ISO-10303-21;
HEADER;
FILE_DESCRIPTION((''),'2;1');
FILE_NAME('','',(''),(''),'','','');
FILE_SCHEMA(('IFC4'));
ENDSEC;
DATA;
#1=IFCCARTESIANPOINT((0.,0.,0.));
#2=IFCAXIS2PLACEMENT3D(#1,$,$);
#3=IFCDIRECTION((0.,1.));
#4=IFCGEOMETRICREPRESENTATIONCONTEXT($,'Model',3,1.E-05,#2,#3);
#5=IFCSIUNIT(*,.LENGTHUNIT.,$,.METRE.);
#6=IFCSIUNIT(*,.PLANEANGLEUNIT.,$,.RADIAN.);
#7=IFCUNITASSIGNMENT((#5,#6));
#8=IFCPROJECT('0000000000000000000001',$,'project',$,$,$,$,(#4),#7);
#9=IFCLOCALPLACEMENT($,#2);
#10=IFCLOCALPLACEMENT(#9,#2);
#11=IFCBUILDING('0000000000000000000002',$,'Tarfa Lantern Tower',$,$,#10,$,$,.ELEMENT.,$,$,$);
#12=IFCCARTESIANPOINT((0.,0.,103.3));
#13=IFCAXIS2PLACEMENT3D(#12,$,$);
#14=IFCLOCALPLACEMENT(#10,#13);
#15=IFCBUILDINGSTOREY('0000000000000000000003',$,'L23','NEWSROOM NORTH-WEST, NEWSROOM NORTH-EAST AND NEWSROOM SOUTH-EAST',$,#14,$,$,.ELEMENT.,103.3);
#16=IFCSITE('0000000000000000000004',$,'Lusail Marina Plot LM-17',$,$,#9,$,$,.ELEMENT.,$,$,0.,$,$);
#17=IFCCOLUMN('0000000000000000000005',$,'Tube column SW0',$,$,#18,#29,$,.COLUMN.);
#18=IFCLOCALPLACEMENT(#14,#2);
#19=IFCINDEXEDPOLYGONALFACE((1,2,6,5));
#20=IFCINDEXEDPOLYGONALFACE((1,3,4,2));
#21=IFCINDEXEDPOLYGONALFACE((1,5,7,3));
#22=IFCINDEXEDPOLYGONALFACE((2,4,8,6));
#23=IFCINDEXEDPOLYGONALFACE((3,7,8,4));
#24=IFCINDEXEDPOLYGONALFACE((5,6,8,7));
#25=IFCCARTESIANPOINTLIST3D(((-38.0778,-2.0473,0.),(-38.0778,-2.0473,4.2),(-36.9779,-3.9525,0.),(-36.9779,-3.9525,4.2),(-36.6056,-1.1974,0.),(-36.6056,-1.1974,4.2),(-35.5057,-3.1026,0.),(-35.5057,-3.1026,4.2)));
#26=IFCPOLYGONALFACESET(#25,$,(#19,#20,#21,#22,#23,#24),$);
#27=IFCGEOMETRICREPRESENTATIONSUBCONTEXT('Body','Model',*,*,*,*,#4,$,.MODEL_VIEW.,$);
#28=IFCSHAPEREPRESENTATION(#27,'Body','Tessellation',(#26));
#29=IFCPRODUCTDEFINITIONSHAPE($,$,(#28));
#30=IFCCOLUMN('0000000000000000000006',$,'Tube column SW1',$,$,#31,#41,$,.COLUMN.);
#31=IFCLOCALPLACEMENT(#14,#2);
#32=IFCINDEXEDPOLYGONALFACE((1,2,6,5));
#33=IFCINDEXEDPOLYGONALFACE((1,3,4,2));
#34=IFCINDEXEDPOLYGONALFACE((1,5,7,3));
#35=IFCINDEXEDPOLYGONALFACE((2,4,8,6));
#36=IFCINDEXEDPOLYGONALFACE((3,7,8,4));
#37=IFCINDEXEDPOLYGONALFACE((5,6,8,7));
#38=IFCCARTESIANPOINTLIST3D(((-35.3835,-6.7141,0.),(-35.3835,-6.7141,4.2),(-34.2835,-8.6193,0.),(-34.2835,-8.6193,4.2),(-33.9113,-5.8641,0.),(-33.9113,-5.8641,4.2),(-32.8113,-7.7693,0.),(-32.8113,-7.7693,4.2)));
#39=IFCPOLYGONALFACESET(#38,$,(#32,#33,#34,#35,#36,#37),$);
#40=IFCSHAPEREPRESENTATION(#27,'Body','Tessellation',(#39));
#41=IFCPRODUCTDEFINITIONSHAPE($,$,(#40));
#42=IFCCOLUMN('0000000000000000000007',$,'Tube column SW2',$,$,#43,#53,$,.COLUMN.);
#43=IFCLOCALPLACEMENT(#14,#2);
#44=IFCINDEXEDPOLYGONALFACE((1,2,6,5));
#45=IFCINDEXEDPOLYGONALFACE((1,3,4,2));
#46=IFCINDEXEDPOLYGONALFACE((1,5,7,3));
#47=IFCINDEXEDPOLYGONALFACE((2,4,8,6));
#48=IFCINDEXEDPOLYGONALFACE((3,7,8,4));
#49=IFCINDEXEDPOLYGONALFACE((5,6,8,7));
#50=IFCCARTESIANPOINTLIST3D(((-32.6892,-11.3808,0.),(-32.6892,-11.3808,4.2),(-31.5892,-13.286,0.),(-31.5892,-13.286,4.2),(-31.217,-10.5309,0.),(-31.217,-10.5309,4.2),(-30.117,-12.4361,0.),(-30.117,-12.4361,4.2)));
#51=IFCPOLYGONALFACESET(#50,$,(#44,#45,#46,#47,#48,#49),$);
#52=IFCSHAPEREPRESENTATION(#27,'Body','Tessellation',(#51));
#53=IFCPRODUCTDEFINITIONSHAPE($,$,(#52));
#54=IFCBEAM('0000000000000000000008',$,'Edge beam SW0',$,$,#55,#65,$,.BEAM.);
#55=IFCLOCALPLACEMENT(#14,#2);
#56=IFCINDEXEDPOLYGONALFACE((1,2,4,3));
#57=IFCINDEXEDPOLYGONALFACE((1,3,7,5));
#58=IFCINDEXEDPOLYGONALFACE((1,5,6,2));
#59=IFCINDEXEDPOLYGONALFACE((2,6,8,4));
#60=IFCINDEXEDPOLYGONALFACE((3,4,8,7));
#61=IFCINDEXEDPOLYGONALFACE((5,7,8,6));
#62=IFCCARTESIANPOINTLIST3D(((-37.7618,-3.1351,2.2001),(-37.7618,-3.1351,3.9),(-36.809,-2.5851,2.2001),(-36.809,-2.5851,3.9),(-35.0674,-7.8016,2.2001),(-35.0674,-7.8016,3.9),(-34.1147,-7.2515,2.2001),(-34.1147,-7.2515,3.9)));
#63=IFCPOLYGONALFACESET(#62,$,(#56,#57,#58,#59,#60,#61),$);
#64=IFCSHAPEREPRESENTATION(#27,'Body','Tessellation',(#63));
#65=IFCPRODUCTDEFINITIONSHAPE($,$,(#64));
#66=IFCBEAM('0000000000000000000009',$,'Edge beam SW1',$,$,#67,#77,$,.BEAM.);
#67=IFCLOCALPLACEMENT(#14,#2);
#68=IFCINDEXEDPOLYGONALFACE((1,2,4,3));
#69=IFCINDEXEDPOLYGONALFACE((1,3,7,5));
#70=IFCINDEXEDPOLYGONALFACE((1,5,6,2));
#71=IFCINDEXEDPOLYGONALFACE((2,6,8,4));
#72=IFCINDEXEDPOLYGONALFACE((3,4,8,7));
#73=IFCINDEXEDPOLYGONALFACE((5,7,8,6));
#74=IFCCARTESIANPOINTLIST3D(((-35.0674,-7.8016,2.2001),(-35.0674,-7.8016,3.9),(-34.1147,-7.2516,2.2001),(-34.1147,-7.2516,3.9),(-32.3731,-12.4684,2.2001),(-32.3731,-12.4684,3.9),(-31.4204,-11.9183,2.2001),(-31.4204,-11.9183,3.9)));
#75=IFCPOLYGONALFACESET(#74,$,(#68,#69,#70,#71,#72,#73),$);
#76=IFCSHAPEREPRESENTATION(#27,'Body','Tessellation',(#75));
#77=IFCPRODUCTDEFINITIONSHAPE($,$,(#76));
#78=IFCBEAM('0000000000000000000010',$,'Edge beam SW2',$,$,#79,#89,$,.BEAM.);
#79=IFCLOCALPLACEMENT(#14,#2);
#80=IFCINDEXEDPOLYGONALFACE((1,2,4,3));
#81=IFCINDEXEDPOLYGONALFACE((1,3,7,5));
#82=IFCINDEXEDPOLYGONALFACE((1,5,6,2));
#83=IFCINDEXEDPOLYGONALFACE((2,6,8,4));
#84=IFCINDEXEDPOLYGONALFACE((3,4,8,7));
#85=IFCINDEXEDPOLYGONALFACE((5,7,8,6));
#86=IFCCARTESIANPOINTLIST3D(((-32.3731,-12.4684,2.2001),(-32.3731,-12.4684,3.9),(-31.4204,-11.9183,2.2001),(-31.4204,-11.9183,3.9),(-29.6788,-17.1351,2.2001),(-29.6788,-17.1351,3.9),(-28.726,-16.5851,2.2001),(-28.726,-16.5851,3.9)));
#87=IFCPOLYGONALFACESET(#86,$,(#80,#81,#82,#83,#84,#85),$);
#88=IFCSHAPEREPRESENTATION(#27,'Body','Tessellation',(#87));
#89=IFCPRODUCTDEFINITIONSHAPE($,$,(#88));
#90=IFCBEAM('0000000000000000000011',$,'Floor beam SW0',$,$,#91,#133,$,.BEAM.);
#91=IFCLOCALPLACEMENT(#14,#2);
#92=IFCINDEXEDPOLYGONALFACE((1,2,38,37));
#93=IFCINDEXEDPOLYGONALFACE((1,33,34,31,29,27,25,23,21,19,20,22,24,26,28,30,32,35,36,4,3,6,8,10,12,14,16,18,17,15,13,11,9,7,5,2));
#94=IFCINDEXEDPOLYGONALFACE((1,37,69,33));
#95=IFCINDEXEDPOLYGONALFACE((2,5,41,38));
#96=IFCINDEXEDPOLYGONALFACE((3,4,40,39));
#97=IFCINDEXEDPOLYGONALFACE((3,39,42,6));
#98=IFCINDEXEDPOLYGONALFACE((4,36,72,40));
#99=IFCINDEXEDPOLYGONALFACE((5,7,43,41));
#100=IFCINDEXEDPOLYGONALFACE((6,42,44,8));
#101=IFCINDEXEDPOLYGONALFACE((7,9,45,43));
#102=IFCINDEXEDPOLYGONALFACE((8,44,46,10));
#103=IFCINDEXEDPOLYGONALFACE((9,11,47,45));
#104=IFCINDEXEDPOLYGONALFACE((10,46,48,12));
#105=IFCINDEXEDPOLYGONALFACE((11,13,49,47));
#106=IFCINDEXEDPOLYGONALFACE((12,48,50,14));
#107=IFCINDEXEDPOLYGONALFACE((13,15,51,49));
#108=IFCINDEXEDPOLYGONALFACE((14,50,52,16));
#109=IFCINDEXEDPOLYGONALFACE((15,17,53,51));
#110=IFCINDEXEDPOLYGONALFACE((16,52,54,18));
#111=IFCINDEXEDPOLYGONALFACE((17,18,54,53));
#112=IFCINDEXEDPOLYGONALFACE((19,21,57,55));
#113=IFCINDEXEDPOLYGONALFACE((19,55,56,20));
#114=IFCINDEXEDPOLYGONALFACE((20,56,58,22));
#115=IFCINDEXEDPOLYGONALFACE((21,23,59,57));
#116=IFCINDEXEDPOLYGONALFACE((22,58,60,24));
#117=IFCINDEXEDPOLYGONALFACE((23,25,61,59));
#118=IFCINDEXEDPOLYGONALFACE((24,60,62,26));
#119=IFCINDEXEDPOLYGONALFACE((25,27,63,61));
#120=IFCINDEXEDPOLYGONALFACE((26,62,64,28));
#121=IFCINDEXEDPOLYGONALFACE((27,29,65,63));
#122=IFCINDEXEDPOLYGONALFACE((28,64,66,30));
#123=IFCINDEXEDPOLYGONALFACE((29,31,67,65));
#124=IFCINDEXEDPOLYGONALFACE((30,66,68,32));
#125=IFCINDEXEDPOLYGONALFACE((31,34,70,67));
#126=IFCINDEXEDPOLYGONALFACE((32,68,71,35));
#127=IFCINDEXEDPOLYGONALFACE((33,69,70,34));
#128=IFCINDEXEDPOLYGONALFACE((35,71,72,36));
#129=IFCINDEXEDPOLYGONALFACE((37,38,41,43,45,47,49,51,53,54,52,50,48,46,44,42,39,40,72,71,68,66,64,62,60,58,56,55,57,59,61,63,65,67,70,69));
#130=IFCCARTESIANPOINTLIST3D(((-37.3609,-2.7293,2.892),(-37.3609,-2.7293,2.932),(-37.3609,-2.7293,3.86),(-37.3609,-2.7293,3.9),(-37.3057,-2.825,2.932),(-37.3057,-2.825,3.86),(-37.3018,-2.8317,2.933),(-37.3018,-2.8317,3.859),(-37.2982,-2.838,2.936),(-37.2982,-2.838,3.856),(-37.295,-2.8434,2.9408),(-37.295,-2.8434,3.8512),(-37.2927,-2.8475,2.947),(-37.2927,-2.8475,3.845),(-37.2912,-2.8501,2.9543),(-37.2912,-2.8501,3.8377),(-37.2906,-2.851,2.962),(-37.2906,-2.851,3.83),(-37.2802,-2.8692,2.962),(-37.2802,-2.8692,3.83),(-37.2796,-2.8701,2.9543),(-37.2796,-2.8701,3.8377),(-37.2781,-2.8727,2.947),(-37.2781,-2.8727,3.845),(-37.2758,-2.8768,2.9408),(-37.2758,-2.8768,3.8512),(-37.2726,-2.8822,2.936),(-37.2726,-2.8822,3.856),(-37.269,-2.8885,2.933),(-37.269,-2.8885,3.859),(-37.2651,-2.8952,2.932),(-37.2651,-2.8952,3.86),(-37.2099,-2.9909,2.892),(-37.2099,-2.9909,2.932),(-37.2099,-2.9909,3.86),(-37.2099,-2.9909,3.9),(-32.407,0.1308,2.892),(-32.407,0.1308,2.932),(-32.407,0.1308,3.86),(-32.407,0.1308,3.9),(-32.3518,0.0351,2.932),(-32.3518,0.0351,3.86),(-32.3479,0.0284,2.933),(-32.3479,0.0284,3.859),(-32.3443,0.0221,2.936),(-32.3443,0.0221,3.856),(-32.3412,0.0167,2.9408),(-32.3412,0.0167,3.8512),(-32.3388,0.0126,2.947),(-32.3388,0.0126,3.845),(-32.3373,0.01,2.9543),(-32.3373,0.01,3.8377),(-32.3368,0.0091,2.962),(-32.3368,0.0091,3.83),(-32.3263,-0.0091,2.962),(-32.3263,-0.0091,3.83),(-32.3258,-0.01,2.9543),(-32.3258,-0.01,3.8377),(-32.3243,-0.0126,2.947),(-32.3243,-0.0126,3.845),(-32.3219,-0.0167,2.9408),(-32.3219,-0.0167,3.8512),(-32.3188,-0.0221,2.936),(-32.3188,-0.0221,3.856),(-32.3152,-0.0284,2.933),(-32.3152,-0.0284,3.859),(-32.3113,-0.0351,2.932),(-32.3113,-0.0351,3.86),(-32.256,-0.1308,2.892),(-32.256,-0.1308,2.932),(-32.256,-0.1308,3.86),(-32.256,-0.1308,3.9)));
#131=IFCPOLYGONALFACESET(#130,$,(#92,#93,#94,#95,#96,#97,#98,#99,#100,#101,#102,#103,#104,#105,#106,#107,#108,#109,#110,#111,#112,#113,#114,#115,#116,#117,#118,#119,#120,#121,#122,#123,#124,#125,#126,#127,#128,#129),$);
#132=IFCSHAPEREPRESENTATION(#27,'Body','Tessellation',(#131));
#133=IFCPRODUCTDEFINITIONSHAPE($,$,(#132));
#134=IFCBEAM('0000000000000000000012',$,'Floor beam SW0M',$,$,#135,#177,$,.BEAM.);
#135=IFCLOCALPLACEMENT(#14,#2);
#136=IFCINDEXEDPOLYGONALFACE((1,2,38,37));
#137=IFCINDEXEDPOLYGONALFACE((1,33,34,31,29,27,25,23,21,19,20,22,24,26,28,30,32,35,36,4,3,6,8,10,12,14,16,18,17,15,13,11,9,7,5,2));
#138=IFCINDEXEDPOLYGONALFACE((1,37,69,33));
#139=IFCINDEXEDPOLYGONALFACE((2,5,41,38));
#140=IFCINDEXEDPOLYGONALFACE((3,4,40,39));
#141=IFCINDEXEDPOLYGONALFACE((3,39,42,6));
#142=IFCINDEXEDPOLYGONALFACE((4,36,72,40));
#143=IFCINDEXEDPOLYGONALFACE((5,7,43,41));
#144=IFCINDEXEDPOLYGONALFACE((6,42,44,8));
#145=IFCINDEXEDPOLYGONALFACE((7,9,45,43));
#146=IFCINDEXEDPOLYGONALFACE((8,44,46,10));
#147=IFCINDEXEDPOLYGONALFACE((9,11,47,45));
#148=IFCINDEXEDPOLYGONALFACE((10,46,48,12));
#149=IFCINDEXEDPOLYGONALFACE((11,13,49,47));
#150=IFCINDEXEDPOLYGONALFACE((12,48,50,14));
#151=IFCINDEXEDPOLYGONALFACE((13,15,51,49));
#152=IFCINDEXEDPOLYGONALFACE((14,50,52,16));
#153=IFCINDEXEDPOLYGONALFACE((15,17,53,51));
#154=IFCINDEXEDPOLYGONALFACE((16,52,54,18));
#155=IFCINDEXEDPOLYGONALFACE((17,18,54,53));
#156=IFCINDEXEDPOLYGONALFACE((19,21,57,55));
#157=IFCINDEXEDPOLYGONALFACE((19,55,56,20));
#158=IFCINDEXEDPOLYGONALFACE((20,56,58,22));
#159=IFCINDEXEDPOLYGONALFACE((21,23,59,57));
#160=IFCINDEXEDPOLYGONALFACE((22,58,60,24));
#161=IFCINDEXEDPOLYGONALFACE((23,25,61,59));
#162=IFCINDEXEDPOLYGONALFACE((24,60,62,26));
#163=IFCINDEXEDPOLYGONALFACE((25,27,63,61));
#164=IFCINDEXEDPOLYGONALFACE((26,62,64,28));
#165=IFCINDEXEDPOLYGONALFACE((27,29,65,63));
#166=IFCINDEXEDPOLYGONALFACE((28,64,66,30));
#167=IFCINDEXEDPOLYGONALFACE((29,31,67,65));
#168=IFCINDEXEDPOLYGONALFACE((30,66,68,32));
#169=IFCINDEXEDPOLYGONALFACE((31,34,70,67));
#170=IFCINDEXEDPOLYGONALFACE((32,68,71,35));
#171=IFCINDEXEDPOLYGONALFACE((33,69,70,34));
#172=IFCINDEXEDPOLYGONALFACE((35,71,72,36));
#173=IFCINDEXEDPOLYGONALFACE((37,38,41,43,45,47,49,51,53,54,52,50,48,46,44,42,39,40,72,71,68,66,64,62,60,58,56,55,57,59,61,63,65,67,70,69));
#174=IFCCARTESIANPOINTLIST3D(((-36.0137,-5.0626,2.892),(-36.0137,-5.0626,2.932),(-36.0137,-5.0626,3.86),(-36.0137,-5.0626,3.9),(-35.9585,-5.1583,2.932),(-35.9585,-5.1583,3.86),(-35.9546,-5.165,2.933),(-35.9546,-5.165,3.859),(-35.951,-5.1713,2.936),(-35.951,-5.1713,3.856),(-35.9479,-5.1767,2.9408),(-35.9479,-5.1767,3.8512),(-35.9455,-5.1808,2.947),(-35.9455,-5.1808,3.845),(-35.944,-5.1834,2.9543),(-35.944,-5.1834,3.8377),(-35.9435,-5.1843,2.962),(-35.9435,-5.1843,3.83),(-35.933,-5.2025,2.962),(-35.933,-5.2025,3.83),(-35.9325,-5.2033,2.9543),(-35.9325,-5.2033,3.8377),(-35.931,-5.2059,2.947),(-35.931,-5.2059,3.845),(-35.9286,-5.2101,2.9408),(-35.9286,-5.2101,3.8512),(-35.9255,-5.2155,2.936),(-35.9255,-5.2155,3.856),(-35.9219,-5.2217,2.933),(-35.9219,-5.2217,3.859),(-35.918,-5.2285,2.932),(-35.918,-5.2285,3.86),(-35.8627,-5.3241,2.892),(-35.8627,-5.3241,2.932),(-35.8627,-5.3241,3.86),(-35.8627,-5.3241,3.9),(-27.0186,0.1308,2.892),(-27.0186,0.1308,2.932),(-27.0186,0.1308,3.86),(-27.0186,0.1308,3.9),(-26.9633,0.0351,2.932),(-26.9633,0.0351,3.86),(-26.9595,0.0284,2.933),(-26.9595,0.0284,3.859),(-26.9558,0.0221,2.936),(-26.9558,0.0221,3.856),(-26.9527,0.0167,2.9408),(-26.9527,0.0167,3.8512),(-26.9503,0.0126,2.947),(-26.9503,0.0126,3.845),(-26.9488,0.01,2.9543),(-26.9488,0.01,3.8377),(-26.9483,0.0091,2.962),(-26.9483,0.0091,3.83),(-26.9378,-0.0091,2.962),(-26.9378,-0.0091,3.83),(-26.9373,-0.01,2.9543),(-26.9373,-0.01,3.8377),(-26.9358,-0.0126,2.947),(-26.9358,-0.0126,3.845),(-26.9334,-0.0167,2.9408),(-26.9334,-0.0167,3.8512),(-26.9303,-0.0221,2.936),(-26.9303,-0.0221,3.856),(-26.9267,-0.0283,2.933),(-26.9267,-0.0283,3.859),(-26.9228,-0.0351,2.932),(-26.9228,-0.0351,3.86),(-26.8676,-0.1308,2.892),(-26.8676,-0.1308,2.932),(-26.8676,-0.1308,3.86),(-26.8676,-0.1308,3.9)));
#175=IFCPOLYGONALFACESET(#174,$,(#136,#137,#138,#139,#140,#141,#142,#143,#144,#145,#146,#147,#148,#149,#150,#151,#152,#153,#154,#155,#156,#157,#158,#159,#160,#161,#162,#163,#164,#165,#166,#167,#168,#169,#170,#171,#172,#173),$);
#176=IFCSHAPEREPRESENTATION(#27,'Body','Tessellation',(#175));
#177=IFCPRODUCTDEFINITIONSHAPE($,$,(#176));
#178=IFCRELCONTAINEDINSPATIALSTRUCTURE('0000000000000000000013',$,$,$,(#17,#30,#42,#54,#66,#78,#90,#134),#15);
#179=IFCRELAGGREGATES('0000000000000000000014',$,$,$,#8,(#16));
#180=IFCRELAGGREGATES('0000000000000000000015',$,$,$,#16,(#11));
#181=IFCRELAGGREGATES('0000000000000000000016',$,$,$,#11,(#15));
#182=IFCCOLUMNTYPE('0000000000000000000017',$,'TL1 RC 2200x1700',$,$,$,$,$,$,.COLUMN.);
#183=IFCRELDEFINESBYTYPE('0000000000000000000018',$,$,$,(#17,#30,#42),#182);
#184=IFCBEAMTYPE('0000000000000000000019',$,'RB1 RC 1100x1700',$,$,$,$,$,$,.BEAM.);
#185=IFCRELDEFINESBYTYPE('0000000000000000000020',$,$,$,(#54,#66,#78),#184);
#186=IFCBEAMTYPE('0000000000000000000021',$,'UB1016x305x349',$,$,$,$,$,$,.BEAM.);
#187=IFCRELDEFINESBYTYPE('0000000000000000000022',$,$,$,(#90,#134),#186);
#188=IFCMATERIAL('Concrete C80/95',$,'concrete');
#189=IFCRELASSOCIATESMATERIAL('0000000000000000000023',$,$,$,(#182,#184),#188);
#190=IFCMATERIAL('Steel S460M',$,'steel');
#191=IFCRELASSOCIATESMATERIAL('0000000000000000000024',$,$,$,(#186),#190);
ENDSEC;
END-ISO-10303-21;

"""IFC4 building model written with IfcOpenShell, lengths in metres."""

from ifc_helpers import new_model, si_unit, direction, frame, origin, origin_2d, place, context, subcontext, project, spatial, rectangle, i_section, extrude, material, material_profile, profile_set, type_object, element, save


model = new_model("IFC4")

# Units and contexts
model_context = context("Model", 3, precision=1e-05, world=origin(), true_north=direction((0.0, 1.0)))
body_context = subcontext(model_context, "Body", "Model", "MODEL_VIEW")
ifc_project = project(units=[si_unit("LENGTHUNIT", "METRE"), si_unit("PLANEANGLEUNIT", "RADIAN")], contexts=[model_context])

# Site, building, storey
site_placement = place(None, origin())
site = spatial("IfcSite", under=ifc_project, at=site_placement, Name="Lusail Marina Plot LM-17", CompositionType="ELEMENT", RefElevation=0.0)
building_placement = place(site_placement, origin())
building = spatial("IfcBuilding", under=site, at=building_placement, Name="Tarfa Lantern Tower", CompositionType="ELEMENT")
storey_placement = place(building_placement, frame((0.0, 0.0, 103.3)))
storey = spatial("IfcBuildingStorey", under=building, at=storey_placement, Name="L23", Description="NEWSROOM NORTH-WEST, NEWSROOM NORTH-EAST AND NEWSROOM SOUTH-EAST", CompositionType="ELEMENT", Elevation=103.3)

# Columns
ifc_material_1 = material(Name="Concrete C80/95", Category="concrete")
ifc_material_profile_1 = material_profile(ifc_material_1, rectangle(XDim=2.2, YDim=1.7, at=origin_2d()), Name="RC 2200x1700")
ifc_profile_set_1 = profile_set([ifc_material_profile_1], Name="Concrete C80/95")
column_type = type_object("IfcColumnType", Name="TL1 RC 2200x1700", PredefinedType="COLUMN", material=ifc_profile_set_1)
for number, where, z_axis, x_axis, name in (
    (1, (-36.7917, -2.575, 0.0), (0.0, 0.0, 1.0), (0.5, -0.866025, 0.0), "Tube column SW0"),
    (2, (-34.0974, -7.2417, 0.0), (0.0, 0.0, 1.0), (0.5, -0.866025, 0.0), "Tube column SW1"),
    (3, (-31.4031, -11.9084, 0.0), (0.0, 0.0, 1.0), (0.5, -0.866025, 0.0), "Tube column SW2"),
):
    element("IfcColumn", number, at=place(storey_placement, frame(where, z_axis=z_axis, x_axis=x_axis)), inside=storey, type_object=column_type, Name=name, PredefinedType="COLUMN", context=body_context, shape_type="SweptSolid", body=[
        extrude(rectangle(XDim=2.2, YDim=1.7, at=origin_2d()), origin(), (0.0, 0.0, 1.0), 4.2),
    ])

# Beams
ifc_material_profile_2 = material_profile(ifc_material_1, rectangle(XDim=1.1001, YDim=1.7, at=origin_2d()), Name="RC 1100x1700")
ifc_profile_set_2 = profile_set([ifc_material_profile_2], Name="Concrete C80/95")
beam_type_1 = type_object("IfcBeamType", Name="RB1 RC 1100x1700", PredefinedType="BEAM", material=ifc_profile_set_2)
beam_1_placement = place(storey_placement, frame((-37.2854, -2.8601, 3.05), z_axis=(0.500018, -0.866015, 0.0), x_axis=(0.866015, 0.500018, 0.0)))
element("IfcBeam", 4, at=beam_1_placement, inside=storey, type_object=beam_type_1, Name="Edge beam SW0", PredefinedType="BEAM", context=body_context, shape_type="SweptSolid", body=[
    extrude(rectangle(XDim=1.1001, YDim=1.7, at=origin_2d()), origin(), (0.0, 0.0, 1.0), 5.3884),
])
for number, where, z_axis, x_axis, name in (
    (5, (-34.5911, -7.5266, 3.05), (0.499998, -0.866026, 0.0), (0.866026, 0.499998, 0.0), "Edge beam SW1"),
    (6, (-31.8967, -12.1934, 3.05), (0.499998, -0.866026, 0.0), (0.866026, 0.499998, 0.0), "Edge beam SW2"),
):
    element("IfcBeam", number, at=place(storey_placement, frame(where, z_axis=z_axis, x_axis=x_axis)), inside=storey, type_object=beam_type_1, Name=name, PredefinedType="BEAM", context=body_context, shape_type="SweptSolid", body=[
        extrude(rectangle(XDim=1.1001, YDim=1.7, at=origin_2d()), origin(), (0.0, 0.0, 1.0), 5.3887),
    ])
ifc_material_2 = material(Name="Steel S460M", Category="steel")
ifc_material_profile_3 = material_profile(ifc_material_2, i_section(OverallWidth=0.302, OverallDepth=1.0081, WebThickness=0.021, FlangeThickness=0.04, FilletRadius=0.03, at=origin_2d()), Name="UB1016x305x349")
ifc_profile_set_3 = profile_set([ifc_material_profile_3], Name="Steel S460M")
beam_type_2 = type_object("IfcBeamType", Name="UB1016x305x349", PredefinedType="BEAM", material=ifc_profile_set_3)
beam_2_placement = place(storey_placement, frame((-37.2854, -2.8601, 3.396), z_axis=(0.866026, 0.5, 0.0), x_axis=(-0.5, 0.866026, 0.0)))
element("IfcBeam", 7, at=beam_2_placement, inside=storey, type_object=beam_type_2, Name="Floor beam SW0", PredefinedType="BEAM", context=body_context, shape_type="SweptSolid", body=[
    extrude(i_section(OverallWidth=0.302, OverallDepth=1.0081, WebThickness=0.021, FlangeThickness=0.04, FilletRadius=0.03, at=origin_2d()), origin(), (0.0, 0.0, 1.0), 5.7202),
])
beam_3_placement = place(storey_placement, frame((-35.9382, -5.1934, 3.396), z_axis=(0.866024, 0.500002, 0.0), x_axis=(-0.500002, 0.866024, 0.0)))
element("IfcBeam", 8, at=beam_3_placement, inside=storey, type_object=beam_type_2, Name="Floor beam SW0M", PredefinedType="BEAM", context=body_context, shape_type="SweptSolid", body=[
    extrude(i_section(OverallWidth=0.302, OverallDepth=1.0081, WebThickness=0.021, FlangeThickness=0.04, FilletRadius=0.03, at=origin_2d()), origin(), (0.0, 0.0, 1.0), 10.3867),
])

save(model, "model.ifc")
